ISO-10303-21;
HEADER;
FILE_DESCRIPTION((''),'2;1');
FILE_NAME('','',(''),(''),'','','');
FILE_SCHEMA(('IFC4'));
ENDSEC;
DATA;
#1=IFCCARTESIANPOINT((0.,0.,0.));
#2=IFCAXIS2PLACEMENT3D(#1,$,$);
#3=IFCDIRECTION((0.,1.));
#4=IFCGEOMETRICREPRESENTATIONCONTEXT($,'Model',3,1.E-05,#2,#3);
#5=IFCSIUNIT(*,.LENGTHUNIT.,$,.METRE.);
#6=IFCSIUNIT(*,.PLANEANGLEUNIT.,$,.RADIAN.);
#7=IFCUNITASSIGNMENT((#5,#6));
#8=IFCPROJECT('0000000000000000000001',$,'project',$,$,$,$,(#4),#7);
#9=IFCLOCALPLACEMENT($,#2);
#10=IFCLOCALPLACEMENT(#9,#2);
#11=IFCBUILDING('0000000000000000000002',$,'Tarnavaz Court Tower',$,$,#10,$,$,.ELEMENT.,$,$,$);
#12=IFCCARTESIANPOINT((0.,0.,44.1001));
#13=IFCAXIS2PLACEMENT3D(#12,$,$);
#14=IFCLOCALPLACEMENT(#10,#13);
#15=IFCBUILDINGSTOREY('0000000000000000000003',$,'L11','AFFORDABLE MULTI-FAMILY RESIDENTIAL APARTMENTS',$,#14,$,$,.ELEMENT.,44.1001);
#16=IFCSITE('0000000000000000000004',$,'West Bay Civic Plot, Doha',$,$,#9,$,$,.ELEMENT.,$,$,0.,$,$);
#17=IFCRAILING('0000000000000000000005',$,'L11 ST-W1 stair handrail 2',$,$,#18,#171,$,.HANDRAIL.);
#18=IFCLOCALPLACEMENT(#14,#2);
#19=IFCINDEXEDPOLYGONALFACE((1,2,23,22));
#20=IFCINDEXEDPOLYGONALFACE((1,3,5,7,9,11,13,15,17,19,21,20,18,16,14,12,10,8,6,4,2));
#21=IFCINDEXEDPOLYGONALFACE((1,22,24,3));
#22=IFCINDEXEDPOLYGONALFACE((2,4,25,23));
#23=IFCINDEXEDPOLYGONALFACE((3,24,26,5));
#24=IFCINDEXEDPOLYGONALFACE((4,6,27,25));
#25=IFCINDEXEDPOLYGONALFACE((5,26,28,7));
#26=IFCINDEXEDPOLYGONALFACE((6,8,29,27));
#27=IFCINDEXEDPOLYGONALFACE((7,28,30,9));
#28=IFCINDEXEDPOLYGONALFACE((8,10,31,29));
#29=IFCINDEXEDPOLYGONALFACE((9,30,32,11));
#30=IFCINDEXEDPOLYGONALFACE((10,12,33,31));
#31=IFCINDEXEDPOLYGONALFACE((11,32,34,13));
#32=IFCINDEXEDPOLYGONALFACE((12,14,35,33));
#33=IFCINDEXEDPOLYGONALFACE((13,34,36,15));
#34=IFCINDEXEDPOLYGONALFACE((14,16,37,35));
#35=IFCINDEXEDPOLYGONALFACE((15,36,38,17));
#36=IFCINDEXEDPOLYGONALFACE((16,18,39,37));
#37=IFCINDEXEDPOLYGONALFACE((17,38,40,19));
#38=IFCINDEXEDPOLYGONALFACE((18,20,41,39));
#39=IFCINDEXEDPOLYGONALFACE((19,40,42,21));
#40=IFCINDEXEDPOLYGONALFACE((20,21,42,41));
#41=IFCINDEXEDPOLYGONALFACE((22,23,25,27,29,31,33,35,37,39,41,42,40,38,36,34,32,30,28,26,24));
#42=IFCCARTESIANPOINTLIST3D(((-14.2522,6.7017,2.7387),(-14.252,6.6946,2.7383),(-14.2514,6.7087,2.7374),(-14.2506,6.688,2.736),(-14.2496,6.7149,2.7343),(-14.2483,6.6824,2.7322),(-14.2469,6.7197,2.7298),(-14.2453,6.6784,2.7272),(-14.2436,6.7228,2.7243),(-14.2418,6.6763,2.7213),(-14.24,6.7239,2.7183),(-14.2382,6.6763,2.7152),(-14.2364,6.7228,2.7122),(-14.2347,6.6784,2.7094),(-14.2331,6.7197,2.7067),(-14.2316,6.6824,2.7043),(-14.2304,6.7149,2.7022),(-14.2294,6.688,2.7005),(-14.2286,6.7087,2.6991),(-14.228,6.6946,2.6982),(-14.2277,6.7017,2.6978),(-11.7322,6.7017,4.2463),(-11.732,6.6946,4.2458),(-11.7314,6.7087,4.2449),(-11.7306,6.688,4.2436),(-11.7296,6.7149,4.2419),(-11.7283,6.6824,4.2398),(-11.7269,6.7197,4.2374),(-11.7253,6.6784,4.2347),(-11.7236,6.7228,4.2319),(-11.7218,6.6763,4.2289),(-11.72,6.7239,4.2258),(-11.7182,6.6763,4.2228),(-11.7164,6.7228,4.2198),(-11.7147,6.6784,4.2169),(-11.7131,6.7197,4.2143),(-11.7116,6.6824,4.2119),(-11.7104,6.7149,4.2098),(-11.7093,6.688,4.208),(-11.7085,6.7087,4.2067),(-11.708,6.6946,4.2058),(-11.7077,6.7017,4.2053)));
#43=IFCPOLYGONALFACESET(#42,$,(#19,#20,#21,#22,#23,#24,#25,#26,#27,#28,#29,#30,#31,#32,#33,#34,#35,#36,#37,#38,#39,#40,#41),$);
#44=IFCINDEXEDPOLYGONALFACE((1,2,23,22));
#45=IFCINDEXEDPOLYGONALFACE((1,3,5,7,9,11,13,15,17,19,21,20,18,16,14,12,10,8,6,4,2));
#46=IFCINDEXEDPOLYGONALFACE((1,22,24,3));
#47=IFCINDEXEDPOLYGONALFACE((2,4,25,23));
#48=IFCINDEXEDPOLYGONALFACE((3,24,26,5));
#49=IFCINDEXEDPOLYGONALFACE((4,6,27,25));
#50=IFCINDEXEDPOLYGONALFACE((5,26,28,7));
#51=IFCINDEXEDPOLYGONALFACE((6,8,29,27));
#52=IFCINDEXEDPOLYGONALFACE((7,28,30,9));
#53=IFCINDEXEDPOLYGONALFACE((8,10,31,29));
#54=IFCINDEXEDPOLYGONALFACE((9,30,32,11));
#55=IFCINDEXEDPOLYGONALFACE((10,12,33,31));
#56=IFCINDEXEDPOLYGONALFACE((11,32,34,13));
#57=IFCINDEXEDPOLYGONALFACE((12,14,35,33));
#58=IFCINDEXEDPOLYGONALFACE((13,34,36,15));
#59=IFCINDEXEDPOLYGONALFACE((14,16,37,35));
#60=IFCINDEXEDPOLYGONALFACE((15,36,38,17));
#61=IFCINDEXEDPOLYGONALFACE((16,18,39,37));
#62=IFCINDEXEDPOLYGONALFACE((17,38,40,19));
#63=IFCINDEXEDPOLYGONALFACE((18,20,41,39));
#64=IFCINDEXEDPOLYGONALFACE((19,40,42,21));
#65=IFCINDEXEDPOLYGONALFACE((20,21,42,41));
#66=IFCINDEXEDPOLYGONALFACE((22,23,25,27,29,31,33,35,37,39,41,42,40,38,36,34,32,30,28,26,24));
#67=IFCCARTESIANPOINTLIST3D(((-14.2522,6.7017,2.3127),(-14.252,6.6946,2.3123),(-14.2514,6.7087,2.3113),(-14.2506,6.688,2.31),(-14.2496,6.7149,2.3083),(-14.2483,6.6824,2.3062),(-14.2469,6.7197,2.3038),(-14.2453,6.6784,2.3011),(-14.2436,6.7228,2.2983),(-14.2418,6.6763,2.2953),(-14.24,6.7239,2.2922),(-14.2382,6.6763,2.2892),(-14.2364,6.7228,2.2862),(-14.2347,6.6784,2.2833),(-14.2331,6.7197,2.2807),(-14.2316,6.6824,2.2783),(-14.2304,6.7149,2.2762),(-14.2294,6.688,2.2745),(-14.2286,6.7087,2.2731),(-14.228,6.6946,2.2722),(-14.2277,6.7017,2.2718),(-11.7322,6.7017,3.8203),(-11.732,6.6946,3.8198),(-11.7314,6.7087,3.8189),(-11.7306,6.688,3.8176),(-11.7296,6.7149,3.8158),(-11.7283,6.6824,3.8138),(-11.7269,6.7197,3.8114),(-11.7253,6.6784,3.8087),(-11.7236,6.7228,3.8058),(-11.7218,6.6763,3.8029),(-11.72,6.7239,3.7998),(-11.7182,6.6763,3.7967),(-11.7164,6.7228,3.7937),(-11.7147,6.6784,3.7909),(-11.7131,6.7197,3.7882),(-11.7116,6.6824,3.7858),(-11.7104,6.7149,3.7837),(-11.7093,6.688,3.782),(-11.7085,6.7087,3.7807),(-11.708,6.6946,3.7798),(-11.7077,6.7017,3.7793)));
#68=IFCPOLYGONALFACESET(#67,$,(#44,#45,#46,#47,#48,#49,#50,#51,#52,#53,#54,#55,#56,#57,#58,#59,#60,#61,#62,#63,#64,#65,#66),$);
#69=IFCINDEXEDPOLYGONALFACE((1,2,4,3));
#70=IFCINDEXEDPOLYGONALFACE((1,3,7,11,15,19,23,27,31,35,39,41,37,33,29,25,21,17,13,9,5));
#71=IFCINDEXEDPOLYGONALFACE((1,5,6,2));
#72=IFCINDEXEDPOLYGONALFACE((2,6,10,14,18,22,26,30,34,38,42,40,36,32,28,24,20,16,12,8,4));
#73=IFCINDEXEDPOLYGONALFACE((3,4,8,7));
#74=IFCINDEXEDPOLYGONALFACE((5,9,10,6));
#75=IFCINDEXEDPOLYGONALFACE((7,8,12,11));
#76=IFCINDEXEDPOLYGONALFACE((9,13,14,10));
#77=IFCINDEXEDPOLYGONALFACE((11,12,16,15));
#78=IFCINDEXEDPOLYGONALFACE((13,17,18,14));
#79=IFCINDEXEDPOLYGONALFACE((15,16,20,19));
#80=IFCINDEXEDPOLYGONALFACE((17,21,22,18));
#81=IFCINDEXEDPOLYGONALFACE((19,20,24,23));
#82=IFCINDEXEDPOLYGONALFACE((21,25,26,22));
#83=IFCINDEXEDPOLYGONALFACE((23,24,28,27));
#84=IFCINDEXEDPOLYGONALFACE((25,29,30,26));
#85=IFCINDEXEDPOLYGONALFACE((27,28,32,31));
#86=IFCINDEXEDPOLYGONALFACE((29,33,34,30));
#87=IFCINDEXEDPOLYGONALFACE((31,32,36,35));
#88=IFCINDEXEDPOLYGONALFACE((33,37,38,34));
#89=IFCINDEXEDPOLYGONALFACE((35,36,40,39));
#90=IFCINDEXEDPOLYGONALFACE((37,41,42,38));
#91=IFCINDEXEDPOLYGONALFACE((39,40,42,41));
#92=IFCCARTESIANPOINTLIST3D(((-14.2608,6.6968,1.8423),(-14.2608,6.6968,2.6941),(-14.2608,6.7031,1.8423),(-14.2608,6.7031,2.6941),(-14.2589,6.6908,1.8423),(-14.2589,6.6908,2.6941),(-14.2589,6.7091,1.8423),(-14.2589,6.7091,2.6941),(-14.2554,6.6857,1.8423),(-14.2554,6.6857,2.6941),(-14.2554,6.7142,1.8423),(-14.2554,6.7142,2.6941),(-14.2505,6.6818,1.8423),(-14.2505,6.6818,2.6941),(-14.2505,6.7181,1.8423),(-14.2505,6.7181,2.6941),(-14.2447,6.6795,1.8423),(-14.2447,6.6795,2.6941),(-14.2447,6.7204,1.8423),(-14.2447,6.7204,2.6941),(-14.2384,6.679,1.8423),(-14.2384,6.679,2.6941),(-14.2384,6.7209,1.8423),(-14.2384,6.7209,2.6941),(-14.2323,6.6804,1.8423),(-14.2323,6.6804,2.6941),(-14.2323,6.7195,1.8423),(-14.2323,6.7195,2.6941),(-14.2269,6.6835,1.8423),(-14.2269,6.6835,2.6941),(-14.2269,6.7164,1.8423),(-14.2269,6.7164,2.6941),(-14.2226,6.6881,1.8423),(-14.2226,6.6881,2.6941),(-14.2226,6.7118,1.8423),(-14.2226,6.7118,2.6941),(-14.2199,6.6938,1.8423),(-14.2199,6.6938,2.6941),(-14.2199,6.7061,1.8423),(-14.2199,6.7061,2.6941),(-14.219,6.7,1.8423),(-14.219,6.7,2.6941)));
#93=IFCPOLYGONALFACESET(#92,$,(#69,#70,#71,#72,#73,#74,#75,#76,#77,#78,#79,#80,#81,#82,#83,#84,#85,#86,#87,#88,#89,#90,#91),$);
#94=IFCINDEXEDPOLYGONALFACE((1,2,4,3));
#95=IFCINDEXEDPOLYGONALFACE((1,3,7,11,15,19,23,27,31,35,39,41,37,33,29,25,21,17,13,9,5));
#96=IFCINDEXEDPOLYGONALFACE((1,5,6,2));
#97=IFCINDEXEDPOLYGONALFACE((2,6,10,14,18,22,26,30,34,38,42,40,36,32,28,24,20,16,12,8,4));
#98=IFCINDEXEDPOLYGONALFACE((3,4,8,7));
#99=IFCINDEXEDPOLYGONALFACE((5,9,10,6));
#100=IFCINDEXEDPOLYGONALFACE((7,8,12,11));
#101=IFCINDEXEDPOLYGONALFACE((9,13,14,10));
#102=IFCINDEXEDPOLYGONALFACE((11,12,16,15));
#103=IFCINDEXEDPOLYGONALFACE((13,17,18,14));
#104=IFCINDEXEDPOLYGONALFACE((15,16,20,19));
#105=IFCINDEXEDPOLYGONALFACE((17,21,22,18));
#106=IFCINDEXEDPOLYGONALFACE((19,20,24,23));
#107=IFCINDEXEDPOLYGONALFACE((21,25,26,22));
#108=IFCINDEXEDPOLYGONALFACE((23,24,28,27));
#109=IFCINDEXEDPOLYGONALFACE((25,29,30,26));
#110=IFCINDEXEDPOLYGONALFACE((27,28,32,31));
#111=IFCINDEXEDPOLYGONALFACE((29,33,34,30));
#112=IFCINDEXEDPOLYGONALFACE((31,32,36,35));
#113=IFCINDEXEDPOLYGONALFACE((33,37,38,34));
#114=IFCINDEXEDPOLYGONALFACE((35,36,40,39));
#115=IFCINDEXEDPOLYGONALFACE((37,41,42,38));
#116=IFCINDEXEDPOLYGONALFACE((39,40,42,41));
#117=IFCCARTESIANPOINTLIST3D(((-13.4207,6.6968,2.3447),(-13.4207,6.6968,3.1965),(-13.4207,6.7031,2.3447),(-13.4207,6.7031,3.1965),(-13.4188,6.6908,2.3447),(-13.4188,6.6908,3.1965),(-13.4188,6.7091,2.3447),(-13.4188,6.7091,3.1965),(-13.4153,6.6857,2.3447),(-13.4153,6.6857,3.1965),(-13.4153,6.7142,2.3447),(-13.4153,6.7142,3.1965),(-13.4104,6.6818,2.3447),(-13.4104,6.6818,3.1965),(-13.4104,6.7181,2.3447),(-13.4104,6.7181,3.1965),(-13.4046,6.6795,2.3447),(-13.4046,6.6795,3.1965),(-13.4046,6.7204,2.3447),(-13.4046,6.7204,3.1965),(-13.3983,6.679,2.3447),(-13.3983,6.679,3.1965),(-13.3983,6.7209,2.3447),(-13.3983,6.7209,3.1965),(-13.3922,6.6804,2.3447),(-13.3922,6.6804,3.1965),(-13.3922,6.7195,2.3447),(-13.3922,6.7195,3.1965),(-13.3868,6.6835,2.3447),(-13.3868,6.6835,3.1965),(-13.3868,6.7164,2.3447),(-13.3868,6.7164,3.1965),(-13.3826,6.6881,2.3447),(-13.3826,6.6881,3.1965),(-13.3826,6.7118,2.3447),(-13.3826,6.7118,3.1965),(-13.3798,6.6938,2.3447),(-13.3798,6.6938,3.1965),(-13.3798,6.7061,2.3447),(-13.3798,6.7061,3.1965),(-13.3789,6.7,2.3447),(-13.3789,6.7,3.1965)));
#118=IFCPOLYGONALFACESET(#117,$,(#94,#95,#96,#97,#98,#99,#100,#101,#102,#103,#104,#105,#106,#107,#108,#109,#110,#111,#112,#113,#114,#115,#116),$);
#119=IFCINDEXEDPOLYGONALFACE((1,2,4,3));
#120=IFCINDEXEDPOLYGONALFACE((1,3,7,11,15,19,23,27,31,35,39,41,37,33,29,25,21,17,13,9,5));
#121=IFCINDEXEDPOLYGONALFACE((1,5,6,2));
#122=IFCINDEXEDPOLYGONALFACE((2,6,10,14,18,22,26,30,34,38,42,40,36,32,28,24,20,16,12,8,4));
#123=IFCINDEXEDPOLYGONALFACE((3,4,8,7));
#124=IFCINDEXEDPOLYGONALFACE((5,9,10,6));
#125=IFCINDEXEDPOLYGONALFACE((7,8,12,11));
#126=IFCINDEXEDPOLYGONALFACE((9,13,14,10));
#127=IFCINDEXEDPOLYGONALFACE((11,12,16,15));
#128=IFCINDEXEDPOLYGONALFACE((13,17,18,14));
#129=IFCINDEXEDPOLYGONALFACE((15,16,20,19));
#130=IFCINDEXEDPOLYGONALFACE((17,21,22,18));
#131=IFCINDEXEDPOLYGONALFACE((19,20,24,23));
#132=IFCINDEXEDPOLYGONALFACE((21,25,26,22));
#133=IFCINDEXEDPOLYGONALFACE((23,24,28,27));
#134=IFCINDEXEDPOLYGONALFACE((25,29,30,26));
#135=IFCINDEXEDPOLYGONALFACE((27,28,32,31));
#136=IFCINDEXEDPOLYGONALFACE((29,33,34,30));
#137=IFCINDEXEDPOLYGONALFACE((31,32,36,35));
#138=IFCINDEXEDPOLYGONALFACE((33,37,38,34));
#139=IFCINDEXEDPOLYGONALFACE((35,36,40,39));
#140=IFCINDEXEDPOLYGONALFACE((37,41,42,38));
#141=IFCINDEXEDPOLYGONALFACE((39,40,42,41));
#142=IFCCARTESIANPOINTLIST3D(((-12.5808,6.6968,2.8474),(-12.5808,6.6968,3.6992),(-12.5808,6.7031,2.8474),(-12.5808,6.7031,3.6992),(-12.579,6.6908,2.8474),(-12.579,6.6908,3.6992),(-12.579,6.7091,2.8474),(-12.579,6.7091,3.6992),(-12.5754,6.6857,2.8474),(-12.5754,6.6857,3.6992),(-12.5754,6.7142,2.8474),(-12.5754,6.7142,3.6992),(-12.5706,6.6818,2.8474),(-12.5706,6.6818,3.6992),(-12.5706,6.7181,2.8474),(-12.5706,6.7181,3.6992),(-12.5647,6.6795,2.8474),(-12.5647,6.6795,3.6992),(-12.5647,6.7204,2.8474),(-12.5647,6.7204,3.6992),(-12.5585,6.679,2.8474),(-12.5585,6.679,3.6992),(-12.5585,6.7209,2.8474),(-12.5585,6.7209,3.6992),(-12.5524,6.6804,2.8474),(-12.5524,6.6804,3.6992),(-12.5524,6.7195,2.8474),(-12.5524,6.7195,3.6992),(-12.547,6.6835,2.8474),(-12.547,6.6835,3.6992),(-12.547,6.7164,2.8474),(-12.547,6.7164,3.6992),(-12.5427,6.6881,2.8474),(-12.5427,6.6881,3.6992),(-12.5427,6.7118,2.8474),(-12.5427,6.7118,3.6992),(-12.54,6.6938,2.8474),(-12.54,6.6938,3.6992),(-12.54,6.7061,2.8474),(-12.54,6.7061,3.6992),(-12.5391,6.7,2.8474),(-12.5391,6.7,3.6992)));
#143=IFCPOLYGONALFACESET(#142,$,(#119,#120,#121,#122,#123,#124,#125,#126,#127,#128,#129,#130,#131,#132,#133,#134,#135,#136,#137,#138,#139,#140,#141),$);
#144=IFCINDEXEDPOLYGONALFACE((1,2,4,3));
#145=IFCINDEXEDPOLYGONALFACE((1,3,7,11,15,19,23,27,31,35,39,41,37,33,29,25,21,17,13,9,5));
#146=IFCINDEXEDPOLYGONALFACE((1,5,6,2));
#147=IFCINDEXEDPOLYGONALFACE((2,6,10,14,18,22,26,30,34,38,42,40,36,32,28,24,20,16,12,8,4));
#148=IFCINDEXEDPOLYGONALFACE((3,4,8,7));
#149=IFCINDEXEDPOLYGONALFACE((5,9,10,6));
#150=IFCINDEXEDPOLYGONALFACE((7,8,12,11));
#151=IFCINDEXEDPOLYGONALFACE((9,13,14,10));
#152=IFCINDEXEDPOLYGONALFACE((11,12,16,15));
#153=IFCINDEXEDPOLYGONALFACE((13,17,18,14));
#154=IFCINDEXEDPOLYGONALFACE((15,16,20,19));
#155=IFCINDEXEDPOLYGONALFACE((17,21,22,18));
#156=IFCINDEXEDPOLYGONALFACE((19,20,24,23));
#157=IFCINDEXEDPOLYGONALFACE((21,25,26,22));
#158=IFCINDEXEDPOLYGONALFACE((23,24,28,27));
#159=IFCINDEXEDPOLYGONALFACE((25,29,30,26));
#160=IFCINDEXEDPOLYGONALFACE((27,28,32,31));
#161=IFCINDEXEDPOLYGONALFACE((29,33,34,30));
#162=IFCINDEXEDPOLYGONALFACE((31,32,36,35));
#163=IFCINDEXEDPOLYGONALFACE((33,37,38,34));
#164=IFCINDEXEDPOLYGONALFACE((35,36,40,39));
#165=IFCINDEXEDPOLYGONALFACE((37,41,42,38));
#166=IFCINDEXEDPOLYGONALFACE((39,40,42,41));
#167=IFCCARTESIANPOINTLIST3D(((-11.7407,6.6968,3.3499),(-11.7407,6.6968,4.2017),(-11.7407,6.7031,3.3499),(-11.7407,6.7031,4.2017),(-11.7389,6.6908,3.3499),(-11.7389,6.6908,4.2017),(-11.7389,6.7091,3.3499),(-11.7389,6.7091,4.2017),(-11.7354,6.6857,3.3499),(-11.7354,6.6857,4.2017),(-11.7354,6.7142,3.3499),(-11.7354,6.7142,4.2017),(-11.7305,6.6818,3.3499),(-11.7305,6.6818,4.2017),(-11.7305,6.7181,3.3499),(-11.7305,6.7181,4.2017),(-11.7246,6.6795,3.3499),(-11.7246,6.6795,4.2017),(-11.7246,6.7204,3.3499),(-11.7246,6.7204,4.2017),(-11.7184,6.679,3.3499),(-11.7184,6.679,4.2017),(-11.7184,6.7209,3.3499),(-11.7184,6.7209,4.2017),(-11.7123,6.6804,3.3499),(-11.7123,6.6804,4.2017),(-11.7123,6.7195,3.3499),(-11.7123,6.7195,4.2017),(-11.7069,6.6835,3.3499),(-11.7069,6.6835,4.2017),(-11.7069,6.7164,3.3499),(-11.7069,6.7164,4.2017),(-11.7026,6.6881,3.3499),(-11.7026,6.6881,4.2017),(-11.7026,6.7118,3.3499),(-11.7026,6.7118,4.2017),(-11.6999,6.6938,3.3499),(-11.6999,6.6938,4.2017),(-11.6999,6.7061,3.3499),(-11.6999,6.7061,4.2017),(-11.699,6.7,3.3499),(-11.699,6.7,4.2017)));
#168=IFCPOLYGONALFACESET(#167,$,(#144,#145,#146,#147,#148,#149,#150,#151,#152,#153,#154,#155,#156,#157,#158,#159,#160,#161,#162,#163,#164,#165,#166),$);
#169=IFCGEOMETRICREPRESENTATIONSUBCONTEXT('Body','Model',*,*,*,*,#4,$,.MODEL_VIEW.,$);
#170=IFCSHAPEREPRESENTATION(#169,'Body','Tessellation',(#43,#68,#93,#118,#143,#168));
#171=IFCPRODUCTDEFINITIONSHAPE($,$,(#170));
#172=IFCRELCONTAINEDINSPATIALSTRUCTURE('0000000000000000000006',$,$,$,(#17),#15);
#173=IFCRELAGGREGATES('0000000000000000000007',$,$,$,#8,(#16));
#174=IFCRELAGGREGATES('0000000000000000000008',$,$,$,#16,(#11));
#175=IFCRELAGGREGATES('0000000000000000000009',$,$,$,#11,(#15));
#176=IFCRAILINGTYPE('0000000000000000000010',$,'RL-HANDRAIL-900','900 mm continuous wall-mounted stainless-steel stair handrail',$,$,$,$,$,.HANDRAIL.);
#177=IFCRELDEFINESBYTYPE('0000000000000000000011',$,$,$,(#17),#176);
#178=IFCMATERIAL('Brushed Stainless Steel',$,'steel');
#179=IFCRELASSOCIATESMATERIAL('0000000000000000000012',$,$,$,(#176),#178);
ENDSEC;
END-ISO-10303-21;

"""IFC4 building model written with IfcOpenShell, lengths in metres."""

from ifc_helpers import new_model, si_unit, direction, frame, origin, origin_2d, place, context, subcontext, project, spatial, circle, extrude, material, type_object, element, save


model = new_model("IFC4")

# Units and contexts
model_context = context("Model", 3, precision=1e-05, world=origin(), true_north=direction((0.0, 1.0)))
body_context = subcontext(model_context, "Body", "Model", "MODEL_VIEW")
ifc_project = project(units=[si_unit("LENGTHUNIT", "METRE"), si_unit("PLANEANGLEUNIT", "RADIAN")], contexts=[model_context])

# Site, building, storey
site_placement = place(None, origin())
site = spatial("IfcSite", under=ifc_project, at=site_placement, Name="West Bay Civic Plot, Doha", CompositionType="ELEMENT", RefElevation=0.0)
building_placement = place(site_placement, origin())
building = spatial("IfcBuilding", under=site, at=building_placement, Name="Tarnavaz Court Tower", CompositionType="ELEMENT")
storey_placement = place(building_placement, frame((0.0, 0.0, 44.1001)))
storey = spatial("IfcBuildingStorey", under=building, at=storey_placement, Name="L11", Description="AFFORDABLE MULTI-FAMILY RESIDENTIAL APARTMENTS", CompositionType="ELEMENT", Elevation=44.1001)

# Railing
ifc_material_1 = material(Name="Brushed Stainless Steel", Category="steel")
railing_type_1 = type_object("IfcRailingType", Name="RL-HANDRAIL-900", Description="900 mm continuous wall-mounted stainless-steel stair handrail", PredefinedType="HANDRAIL", material=ifc_material_1)
railing_1_placement = place(storey_placement, frame((-14.24, 6.7, 1.8423)))
element("IfcRailing", 1, at=railing_1_placement, inside=storey, type_object=railing_type_1, Name="L11 ST-W1 stair handrail 2", PredefinedType="HANDRAIL", context=body_context, shape_type="SweptSolid", body=[
    extrude(circle(Radius=0.0239, at=origin_2d()), frame((0.0, 0.0, 0.876), z_axis=(0.85816, 0.0, 0.513383), x_axis=(0.0, 1.0, 0.0)), (0.0, 0.0, 1.0), 2.9365),
    extrude(circle(Radius=0.0239, at=origin_2d()), frame((0.0, 0.0, 0.45), z_axis=(0.85816, 0.0, 0.513383), x_axis=(0.0, 1.0, 0.0)), (0.0, 0.0, 1.0), 2.9365),
    extrude(circle(Radius=0.021, at=origin_2d()), origin(), (0.0, 0.0, 1.0), 0.8518),
    extrude(circle(Radius=0.021, at=origin_2d()), frame((0.8401, 0.0, 0.5024)), (0.0, 0.0, 1.0), 0.8518),
    extrude(circle(Radius=0.021, at=origin_2d()), frame((1.6799, 0.0, 1.0051)), (0.0, 0.0, 1.0), 0.8518),
    extrude(circle(Radius=0.021, at=origin_2d()), frame((2.52, 0.0, 1.5076)), (0.0, 0.0, 1.0), 0.8518),
])

save(model, "model.ifc")
